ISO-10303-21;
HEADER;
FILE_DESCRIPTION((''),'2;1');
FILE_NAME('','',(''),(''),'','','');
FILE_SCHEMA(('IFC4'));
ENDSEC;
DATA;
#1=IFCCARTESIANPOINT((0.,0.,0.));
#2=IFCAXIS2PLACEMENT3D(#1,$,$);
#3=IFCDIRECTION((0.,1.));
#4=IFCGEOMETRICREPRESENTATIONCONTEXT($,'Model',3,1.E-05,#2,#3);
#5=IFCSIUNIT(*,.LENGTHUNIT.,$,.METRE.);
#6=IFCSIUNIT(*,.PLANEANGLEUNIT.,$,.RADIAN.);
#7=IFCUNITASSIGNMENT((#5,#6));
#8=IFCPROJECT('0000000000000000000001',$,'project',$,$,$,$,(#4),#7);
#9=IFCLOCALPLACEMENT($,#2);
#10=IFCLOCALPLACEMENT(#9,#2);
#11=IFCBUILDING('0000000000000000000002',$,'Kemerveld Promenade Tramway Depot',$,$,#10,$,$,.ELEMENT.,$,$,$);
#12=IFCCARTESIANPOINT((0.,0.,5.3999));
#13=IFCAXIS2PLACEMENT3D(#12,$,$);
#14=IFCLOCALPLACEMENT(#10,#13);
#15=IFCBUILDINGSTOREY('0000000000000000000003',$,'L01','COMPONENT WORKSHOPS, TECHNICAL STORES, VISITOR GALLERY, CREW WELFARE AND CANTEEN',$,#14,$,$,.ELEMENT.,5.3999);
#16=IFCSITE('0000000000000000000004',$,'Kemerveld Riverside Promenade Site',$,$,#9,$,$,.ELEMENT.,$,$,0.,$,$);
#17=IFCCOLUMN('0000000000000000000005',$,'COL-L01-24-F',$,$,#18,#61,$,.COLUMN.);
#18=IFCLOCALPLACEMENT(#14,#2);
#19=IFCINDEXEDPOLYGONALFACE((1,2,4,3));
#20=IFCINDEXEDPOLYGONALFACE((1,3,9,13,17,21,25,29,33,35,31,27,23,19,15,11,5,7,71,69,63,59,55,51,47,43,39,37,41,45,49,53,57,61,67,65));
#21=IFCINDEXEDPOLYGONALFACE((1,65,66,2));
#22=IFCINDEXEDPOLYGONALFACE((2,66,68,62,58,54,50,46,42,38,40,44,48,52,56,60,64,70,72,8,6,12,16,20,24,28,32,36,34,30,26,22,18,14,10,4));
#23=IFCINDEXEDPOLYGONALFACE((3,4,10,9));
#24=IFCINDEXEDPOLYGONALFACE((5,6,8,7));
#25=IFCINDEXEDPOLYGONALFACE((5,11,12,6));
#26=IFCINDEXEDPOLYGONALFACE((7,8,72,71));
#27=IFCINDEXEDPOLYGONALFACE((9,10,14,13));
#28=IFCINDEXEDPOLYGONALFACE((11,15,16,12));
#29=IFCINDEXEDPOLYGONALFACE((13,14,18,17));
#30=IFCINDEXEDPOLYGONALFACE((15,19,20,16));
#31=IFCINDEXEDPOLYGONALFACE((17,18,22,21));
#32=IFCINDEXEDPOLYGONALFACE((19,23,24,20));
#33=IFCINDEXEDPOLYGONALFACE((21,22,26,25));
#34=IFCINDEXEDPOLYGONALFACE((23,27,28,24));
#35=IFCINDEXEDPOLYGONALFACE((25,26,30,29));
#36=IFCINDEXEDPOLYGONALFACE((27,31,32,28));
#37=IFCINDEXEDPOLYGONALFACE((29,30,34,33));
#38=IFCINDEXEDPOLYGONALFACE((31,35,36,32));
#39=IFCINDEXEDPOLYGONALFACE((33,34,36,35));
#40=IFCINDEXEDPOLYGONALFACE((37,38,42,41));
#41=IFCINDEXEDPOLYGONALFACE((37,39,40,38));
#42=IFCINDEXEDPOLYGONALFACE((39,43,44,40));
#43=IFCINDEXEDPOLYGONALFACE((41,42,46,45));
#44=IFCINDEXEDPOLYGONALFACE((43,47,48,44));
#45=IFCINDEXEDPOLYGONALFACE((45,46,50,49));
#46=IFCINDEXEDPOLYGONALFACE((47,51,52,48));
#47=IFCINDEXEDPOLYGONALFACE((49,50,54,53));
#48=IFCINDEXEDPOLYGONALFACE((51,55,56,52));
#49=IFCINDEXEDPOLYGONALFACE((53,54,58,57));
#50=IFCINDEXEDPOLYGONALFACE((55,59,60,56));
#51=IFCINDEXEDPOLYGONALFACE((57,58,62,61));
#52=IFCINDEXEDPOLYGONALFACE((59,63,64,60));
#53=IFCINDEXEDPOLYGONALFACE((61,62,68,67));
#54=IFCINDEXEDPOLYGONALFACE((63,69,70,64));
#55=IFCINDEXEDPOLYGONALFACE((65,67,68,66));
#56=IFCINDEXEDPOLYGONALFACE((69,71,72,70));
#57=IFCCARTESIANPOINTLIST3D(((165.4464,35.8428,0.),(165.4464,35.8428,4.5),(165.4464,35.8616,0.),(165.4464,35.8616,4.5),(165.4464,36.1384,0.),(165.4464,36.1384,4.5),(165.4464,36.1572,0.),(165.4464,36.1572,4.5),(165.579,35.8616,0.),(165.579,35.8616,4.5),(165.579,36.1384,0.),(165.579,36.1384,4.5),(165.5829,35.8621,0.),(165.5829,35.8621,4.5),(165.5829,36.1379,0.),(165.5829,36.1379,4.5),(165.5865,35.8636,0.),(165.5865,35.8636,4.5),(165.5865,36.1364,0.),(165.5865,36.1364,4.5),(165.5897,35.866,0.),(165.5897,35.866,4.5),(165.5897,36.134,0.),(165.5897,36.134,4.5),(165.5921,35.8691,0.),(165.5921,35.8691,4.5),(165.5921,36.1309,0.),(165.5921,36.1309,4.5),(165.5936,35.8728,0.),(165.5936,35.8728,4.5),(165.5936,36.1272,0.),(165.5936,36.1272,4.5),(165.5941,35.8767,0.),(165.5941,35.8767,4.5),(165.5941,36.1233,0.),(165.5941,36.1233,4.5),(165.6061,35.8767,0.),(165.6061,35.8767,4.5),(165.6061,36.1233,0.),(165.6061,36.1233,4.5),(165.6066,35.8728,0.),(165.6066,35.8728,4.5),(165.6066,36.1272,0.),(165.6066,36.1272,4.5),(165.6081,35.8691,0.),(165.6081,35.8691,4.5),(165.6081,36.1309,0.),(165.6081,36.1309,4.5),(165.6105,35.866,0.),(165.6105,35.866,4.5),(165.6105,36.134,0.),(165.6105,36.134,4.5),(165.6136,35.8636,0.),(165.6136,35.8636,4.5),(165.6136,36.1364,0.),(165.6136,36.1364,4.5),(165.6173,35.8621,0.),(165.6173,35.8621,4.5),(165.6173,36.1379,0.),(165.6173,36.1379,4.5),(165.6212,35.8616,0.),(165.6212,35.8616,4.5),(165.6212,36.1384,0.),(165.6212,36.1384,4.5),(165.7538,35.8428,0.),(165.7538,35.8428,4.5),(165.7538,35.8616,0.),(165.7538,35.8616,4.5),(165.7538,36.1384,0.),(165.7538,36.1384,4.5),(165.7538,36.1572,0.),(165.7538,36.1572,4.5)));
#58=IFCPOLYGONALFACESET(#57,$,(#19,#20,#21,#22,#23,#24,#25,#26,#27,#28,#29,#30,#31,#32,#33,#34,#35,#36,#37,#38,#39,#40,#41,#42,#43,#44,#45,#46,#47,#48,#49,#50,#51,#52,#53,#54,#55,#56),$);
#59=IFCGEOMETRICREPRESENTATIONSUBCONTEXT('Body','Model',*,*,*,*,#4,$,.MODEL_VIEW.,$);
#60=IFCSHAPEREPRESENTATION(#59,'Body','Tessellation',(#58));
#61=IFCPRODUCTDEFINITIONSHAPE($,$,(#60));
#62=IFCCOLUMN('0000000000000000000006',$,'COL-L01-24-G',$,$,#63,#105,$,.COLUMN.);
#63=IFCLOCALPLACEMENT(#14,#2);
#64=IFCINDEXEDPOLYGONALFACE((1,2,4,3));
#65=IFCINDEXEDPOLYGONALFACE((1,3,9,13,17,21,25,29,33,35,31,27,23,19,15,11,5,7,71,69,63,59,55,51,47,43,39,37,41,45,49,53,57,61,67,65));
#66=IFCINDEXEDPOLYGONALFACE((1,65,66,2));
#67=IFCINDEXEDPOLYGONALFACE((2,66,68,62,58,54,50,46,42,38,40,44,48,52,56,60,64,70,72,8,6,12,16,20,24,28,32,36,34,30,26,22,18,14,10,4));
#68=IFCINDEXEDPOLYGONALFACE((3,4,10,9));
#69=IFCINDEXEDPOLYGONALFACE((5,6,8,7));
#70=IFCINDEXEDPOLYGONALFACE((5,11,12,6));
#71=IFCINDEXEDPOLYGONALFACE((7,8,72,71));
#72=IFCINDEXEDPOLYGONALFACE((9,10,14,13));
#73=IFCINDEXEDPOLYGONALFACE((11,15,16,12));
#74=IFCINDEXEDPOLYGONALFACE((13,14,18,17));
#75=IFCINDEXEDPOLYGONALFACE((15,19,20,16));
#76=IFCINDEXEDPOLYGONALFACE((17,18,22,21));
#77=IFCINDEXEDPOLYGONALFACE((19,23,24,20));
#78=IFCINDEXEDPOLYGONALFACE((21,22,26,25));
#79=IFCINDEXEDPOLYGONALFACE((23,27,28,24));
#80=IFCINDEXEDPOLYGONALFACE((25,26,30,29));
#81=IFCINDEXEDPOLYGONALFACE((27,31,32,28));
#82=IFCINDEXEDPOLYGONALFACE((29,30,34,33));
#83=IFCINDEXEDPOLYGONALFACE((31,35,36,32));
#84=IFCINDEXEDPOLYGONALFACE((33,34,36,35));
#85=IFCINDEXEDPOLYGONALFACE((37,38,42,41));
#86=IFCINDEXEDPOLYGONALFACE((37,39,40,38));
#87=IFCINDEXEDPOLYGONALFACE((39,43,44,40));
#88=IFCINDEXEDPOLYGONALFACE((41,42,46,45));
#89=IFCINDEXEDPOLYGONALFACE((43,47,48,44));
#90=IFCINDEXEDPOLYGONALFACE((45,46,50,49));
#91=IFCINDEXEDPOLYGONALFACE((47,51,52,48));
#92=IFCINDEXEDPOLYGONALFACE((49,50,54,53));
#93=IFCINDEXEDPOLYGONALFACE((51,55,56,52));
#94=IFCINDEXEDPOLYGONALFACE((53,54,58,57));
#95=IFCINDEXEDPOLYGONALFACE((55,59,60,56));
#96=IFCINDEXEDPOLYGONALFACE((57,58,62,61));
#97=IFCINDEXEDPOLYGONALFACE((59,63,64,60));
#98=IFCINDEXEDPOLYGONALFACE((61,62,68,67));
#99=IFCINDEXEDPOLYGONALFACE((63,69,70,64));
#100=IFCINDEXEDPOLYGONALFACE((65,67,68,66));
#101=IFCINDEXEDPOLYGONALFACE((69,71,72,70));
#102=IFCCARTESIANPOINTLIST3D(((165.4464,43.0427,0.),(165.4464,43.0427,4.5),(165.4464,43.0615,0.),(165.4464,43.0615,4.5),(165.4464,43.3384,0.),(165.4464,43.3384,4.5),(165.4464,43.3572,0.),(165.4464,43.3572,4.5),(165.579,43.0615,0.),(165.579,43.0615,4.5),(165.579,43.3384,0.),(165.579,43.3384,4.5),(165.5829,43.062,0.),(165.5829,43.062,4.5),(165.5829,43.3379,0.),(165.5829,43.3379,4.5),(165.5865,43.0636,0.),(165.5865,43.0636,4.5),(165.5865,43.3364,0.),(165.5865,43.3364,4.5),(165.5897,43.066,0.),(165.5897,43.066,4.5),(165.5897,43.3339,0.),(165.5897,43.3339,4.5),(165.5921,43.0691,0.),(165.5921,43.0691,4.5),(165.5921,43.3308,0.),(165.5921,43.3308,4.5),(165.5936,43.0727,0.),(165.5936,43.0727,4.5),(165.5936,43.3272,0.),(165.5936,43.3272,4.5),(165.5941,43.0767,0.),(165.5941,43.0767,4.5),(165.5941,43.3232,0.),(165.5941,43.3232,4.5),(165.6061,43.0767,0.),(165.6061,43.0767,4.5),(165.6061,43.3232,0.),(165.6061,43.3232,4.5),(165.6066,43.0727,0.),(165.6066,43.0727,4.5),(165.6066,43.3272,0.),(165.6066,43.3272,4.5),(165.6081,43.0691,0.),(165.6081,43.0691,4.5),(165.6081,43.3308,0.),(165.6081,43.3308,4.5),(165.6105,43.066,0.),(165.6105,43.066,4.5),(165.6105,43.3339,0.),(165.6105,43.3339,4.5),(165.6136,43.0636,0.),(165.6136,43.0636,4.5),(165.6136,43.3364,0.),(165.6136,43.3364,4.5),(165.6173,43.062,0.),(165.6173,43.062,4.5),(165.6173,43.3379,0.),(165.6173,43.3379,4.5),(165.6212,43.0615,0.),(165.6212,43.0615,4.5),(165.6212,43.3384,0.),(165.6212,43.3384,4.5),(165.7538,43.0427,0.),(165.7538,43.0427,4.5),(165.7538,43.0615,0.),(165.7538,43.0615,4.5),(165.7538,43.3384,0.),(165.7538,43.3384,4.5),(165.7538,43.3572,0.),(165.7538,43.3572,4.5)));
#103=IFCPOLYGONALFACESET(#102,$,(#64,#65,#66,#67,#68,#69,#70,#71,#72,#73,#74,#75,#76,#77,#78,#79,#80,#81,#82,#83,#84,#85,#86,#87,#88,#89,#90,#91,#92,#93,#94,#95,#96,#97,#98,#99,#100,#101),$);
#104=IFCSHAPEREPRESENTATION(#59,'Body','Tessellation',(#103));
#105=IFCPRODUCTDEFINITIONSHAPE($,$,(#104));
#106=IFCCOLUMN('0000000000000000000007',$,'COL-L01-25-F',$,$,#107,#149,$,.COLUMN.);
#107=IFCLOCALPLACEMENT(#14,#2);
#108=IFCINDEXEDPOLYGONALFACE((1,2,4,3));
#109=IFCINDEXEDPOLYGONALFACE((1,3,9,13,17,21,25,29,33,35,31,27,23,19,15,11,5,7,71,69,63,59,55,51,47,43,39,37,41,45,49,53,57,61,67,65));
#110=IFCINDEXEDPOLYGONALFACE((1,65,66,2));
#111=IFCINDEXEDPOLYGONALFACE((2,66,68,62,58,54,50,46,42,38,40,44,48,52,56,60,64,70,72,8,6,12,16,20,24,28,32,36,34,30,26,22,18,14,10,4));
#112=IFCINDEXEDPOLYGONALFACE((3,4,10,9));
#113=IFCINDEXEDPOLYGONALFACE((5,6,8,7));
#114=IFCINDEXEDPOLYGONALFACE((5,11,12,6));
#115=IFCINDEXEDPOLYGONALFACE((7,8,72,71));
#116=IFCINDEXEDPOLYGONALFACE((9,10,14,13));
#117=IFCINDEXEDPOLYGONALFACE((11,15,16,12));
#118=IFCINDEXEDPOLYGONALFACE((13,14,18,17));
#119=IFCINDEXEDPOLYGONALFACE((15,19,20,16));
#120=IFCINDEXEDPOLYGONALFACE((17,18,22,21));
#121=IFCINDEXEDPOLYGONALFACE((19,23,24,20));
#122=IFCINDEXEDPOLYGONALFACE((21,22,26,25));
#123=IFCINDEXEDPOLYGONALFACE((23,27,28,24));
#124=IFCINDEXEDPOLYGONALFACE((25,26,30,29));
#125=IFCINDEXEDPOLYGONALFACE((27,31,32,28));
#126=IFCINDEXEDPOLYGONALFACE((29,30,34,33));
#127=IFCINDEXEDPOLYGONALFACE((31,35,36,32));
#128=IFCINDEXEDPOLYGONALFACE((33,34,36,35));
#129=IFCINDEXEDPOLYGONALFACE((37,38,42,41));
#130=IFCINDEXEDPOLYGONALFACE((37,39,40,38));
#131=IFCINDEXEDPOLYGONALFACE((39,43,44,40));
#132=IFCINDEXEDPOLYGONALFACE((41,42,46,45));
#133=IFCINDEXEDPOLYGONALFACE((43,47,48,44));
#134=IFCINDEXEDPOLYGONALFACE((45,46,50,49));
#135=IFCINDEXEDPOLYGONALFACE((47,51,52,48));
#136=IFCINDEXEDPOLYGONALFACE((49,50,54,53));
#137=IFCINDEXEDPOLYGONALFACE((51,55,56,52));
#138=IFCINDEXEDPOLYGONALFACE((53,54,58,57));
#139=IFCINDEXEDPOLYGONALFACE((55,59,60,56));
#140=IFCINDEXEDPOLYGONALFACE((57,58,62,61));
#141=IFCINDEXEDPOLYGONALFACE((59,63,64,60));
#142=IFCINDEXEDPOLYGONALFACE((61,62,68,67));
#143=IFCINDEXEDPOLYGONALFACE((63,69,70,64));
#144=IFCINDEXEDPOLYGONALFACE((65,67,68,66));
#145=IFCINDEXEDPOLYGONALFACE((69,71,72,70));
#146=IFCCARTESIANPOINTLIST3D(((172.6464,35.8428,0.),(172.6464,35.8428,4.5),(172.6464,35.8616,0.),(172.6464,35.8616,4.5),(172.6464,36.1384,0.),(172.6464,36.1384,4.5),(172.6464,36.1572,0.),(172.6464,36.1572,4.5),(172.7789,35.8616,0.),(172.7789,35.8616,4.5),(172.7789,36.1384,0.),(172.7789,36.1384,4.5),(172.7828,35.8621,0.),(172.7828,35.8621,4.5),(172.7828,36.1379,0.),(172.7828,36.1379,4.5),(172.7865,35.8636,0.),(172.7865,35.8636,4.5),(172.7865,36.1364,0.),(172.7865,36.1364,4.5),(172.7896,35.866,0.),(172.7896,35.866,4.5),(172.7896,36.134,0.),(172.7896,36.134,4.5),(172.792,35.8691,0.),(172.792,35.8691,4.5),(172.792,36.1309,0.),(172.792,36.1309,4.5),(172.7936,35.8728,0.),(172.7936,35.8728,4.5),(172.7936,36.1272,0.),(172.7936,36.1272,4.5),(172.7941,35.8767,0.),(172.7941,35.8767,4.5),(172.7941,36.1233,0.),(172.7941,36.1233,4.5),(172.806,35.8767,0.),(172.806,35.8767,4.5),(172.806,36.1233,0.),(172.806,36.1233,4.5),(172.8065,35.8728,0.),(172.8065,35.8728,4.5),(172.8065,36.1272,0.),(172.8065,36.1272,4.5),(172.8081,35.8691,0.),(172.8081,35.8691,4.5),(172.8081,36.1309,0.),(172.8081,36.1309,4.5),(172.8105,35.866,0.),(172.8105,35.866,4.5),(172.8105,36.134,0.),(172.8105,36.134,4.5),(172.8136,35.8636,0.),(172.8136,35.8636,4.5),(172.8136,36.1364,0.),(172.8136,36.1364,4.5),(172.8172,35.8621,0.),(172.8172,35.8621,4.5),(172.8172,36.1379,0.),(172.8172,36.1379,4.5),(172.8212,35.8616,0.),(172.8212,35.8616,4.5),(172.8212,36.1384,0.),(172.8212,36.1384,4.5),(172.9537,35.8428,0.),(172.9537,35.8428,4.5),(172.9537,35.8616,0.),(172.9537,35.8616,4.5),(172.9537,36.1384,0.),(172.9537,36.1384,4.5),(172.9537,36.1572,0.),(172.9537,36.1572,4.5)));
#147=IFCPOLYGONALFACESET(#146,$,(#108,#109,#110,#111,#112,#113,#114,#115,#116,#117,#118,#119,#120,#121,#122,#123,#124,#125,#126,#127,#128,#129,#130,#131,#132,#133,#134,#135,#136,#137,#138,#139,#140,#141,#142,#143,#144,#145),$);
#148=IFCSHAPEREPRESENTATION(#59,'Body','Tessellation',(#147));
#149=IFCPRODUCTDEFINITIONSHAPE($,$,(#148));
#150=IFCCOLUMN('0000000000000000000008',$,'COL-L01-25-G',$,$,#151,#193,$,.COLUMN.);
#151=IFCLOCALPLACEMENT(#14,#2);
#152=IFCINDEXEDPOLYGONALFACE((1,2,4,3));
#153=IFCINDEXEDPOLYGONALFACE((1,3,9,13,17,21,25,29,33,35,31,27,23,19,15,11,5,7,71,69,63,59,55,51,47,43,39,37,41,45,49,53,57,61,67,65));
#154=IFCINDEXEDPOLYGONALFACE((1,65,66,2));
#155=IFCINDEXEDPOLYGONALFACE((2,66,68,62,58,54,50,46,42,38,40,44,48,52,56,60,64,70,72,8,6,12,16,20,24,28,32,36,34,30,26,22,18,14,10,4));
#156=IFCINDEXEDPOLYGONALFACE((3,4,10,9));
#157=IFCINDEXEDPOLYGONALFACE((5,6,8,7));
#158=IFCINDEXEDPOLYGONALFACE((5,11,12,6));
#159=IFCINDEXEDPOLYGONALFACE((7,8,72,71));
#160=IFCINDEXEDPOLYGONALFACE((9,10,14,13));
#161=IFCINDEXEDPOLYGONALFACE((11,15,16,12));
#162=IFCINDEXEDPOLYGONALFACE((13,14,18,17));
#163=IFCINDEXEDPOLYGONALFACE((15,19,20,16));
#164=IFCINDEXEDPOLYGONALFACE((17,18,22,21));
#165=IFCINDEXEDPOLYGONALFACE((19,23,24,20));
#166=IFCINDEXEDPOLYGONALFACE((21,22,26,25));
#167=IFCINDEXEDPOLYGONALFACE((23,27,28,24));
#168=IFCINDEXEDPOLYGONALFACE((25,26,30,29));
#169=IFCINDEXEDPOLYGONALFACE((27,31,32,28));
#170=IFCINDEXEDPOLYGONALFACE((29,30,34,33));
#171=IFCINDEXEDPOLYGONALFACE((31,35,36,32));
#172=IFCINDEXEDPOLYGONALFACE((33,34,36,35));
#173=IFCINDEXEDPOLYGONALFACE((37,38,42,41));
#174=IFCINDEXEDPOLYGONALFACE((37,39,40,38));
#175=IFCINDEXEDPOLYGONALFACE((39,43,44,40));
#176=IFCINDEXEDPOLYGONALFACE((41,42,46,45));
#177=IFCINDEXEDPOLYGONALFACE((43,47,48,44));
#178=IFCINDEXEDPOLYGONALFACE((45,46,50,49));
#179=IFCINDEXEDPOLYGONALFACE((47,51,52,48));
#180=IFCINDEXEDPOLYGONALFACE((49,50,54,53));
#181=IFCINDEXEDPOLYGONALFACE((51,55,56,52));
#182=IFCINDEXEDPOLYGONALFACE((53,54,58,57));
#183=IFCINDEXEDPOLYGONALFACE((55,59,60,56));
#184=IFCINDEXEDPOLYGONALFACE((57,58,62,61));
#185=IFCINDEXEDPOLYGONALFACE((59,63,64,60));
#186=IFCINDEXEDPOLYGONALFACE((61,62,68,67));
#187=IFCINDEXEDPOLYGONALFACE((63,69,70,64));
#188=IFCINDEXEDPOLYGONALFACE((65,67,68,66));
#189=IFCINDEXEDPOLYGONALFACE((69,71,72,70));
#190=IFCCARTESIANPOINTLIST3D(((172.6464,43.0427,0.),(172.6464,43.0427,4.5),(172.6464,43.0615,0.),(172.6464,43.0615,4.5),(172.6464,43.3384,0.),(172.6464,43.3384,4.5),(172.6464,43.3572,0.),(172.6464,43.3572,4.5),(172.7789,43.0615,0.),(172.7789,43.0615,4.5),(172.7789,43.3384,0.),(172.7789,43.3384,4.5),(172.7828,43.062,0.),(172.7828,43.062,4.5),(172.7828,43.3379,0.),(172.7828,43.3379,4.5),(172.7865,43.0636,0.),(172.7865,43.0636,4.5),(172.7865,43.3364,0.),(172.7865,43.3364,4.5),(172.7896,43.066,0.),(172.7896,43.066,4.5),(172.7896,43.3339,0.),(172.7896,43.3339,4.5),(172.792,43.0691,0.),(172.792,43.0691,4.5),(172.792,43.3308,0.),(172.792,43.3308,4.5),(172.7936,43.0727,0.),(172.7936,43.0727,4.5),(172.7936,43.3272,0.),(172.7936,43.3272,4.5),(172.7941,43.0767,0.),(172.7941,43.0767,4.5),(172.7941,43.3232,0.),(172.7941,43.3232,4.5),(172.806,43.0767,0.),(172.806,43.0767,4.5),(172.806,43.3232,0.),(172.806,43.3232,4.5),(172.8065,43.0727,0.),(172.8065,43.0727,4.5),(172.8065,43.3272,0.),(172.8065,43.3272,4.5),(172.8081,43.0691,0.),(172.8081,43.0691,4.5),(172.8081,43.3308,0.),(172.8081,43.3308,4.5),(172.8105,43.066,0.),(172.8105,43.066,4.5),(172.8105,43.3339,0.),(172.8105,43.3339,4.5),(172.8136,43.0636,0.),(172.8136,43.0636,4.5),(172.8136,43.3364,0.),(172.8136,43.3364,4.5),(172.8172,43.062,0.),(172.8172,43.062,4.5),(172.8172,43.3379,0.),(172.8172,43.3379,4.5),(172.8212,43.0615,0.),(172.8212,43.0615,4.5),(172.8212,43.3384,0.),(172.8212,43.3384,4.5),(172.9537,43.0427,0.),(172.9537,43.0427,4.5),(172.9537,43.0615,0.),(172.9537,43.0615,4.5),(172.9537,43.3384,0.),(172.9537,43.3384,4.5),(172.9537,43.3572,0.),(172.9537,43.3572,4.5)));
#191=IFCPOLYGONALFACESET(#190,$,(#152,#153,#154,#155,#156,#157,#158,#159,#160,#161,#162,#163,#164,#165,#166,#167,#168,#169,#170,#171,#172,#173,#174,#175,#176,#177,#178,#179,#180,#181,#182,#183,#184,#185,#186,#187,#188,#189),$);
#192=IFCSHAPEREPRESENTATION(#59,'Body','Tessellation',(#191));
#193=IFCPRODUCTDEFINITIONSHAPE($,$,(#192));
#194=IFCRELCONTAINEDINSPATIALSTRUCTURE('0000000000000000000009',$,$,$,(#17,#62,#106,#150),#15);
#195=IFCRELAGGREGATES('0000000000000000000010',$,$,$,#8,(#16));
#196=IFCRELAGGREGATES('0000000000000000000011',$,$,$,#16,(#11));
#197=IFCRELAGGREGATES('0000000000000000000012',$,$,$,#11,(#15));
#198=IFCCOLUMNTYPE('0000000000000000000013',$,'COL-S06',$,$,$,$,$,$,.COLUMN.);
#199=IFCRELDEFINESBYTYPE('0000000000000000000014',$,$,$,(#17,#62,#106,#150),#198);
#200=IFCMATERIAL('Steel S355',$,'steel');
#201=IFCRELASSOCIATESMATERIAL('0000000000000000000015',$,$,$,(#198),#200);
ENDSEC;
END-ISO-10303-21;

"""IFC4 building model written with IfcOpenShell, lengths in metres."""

from ifc_helpers import new_model, si_unit, direction, frame, origin, origin_2d, place, context, subcontext, project, spatial, i_section, extrude, material, material_profile, profile_set, type_object, element, save


model = new_model("IFC4")

# Units and contexts
model_context = context("Model", 3, precision=1e-05, world=origin(), true_north=direction((0.0, 1.0)))
body_context = subcontext(model_context, "Body", "Model", "MODEL_VIEW")
ifc_project = project(units=[si_unit("LENGTHUNIT", "METRE"), si_unit("PLANEANGLEUNIT", "RADIAN")], contexts=[model_context])

# Site, building, storey
site_placement = place(None, origin())
site = spatial("IfcSite", under=ifc_project, at=site_placement, Name="Kemerveld Riverside Promenade Site", CompositionType="ELEMENT", RefElevation=0.0)
building_placement = place(site_placement, origin())
building = spatial("IfcBuilding", under=site, at=building_placement, Name="Kemerveld Promenade Tramway Depot", CompositionType="ELEMENT")
storey_placement = place(building_placement, frame((0.0, 0.0, 5.3999)))
storey = spatial("IfcBuildingStorey", under=building, at=storey_placement, Name="L01", Description="COMPONENT WORKSHOPS, TECHNICAL STORES, VISITOR GALLERY, CREW WELFARE AND CANTEEN", CompositionType="ELEMENT", Elevation=5.3999)

# Columns
ifc_material_1 = material(Name="Steel S355", Category="steel")
ifc_material_profile_1 = material_profile(ifc_material_1, i_section(OverallWidth=0.3074, OverallDepth=0.3145, WebThickness=0.012, FlangeThickness=0.0188, FilletRadius=0.0151, at=origin_2d()), Name="305x305x118 UC")
ifc_profile_set_1 = profile_set([ifc_material_profile_1], Name="Steel S355")
column_type = type_object("IfcColumnType", Name="COL-S06", PredefinedType="COLUMN", material=ifc_profile_set_1)
for number, where, z_axis, x_axis, name in (
    (1, (165.6001, 36.0, 0.0), (0.0, 0.0, 1.0), (1.0, 0.0, 0.0), "COL-L01-24-F"),
    (2, (165.6001, 43.2, 0.0), (0.0, 0.0, 1.0), (1.0, 0.0, 0.0), "COL-L01-24-G"),
    (3, (172.8, 36.0, 0.0), (0.0, 0.0, 1.0), (1.0, 0.0, 0.0), "COL-L01-25-F"),
    (4, (172.8, 43.2, 0.0), (0.0, 0.0, 1.0), (1.0, 0.0, 0.0), "COL-L01-25-G"),
):
    element("IfcColumn", number, at=place(storey_placement, frame(where, z_axis=z_axis, x_axis=x_axis)), inside=storey, type_object=column_type, Name=name, PredefinedType="COLUMN", context=body_context, shape_type="SweptSolid", body=[
        extrude(i_section(OverallWidth=0.3074, OverallDepth=0.3145, WebThickness=0.012, FlangeThickness=0.0188, FilletRadius=0.0151, at=origin_2d()), origin(), (0.0, 0.0, 1.0), 4.5),
    ])

save(model, "model.ifc")
